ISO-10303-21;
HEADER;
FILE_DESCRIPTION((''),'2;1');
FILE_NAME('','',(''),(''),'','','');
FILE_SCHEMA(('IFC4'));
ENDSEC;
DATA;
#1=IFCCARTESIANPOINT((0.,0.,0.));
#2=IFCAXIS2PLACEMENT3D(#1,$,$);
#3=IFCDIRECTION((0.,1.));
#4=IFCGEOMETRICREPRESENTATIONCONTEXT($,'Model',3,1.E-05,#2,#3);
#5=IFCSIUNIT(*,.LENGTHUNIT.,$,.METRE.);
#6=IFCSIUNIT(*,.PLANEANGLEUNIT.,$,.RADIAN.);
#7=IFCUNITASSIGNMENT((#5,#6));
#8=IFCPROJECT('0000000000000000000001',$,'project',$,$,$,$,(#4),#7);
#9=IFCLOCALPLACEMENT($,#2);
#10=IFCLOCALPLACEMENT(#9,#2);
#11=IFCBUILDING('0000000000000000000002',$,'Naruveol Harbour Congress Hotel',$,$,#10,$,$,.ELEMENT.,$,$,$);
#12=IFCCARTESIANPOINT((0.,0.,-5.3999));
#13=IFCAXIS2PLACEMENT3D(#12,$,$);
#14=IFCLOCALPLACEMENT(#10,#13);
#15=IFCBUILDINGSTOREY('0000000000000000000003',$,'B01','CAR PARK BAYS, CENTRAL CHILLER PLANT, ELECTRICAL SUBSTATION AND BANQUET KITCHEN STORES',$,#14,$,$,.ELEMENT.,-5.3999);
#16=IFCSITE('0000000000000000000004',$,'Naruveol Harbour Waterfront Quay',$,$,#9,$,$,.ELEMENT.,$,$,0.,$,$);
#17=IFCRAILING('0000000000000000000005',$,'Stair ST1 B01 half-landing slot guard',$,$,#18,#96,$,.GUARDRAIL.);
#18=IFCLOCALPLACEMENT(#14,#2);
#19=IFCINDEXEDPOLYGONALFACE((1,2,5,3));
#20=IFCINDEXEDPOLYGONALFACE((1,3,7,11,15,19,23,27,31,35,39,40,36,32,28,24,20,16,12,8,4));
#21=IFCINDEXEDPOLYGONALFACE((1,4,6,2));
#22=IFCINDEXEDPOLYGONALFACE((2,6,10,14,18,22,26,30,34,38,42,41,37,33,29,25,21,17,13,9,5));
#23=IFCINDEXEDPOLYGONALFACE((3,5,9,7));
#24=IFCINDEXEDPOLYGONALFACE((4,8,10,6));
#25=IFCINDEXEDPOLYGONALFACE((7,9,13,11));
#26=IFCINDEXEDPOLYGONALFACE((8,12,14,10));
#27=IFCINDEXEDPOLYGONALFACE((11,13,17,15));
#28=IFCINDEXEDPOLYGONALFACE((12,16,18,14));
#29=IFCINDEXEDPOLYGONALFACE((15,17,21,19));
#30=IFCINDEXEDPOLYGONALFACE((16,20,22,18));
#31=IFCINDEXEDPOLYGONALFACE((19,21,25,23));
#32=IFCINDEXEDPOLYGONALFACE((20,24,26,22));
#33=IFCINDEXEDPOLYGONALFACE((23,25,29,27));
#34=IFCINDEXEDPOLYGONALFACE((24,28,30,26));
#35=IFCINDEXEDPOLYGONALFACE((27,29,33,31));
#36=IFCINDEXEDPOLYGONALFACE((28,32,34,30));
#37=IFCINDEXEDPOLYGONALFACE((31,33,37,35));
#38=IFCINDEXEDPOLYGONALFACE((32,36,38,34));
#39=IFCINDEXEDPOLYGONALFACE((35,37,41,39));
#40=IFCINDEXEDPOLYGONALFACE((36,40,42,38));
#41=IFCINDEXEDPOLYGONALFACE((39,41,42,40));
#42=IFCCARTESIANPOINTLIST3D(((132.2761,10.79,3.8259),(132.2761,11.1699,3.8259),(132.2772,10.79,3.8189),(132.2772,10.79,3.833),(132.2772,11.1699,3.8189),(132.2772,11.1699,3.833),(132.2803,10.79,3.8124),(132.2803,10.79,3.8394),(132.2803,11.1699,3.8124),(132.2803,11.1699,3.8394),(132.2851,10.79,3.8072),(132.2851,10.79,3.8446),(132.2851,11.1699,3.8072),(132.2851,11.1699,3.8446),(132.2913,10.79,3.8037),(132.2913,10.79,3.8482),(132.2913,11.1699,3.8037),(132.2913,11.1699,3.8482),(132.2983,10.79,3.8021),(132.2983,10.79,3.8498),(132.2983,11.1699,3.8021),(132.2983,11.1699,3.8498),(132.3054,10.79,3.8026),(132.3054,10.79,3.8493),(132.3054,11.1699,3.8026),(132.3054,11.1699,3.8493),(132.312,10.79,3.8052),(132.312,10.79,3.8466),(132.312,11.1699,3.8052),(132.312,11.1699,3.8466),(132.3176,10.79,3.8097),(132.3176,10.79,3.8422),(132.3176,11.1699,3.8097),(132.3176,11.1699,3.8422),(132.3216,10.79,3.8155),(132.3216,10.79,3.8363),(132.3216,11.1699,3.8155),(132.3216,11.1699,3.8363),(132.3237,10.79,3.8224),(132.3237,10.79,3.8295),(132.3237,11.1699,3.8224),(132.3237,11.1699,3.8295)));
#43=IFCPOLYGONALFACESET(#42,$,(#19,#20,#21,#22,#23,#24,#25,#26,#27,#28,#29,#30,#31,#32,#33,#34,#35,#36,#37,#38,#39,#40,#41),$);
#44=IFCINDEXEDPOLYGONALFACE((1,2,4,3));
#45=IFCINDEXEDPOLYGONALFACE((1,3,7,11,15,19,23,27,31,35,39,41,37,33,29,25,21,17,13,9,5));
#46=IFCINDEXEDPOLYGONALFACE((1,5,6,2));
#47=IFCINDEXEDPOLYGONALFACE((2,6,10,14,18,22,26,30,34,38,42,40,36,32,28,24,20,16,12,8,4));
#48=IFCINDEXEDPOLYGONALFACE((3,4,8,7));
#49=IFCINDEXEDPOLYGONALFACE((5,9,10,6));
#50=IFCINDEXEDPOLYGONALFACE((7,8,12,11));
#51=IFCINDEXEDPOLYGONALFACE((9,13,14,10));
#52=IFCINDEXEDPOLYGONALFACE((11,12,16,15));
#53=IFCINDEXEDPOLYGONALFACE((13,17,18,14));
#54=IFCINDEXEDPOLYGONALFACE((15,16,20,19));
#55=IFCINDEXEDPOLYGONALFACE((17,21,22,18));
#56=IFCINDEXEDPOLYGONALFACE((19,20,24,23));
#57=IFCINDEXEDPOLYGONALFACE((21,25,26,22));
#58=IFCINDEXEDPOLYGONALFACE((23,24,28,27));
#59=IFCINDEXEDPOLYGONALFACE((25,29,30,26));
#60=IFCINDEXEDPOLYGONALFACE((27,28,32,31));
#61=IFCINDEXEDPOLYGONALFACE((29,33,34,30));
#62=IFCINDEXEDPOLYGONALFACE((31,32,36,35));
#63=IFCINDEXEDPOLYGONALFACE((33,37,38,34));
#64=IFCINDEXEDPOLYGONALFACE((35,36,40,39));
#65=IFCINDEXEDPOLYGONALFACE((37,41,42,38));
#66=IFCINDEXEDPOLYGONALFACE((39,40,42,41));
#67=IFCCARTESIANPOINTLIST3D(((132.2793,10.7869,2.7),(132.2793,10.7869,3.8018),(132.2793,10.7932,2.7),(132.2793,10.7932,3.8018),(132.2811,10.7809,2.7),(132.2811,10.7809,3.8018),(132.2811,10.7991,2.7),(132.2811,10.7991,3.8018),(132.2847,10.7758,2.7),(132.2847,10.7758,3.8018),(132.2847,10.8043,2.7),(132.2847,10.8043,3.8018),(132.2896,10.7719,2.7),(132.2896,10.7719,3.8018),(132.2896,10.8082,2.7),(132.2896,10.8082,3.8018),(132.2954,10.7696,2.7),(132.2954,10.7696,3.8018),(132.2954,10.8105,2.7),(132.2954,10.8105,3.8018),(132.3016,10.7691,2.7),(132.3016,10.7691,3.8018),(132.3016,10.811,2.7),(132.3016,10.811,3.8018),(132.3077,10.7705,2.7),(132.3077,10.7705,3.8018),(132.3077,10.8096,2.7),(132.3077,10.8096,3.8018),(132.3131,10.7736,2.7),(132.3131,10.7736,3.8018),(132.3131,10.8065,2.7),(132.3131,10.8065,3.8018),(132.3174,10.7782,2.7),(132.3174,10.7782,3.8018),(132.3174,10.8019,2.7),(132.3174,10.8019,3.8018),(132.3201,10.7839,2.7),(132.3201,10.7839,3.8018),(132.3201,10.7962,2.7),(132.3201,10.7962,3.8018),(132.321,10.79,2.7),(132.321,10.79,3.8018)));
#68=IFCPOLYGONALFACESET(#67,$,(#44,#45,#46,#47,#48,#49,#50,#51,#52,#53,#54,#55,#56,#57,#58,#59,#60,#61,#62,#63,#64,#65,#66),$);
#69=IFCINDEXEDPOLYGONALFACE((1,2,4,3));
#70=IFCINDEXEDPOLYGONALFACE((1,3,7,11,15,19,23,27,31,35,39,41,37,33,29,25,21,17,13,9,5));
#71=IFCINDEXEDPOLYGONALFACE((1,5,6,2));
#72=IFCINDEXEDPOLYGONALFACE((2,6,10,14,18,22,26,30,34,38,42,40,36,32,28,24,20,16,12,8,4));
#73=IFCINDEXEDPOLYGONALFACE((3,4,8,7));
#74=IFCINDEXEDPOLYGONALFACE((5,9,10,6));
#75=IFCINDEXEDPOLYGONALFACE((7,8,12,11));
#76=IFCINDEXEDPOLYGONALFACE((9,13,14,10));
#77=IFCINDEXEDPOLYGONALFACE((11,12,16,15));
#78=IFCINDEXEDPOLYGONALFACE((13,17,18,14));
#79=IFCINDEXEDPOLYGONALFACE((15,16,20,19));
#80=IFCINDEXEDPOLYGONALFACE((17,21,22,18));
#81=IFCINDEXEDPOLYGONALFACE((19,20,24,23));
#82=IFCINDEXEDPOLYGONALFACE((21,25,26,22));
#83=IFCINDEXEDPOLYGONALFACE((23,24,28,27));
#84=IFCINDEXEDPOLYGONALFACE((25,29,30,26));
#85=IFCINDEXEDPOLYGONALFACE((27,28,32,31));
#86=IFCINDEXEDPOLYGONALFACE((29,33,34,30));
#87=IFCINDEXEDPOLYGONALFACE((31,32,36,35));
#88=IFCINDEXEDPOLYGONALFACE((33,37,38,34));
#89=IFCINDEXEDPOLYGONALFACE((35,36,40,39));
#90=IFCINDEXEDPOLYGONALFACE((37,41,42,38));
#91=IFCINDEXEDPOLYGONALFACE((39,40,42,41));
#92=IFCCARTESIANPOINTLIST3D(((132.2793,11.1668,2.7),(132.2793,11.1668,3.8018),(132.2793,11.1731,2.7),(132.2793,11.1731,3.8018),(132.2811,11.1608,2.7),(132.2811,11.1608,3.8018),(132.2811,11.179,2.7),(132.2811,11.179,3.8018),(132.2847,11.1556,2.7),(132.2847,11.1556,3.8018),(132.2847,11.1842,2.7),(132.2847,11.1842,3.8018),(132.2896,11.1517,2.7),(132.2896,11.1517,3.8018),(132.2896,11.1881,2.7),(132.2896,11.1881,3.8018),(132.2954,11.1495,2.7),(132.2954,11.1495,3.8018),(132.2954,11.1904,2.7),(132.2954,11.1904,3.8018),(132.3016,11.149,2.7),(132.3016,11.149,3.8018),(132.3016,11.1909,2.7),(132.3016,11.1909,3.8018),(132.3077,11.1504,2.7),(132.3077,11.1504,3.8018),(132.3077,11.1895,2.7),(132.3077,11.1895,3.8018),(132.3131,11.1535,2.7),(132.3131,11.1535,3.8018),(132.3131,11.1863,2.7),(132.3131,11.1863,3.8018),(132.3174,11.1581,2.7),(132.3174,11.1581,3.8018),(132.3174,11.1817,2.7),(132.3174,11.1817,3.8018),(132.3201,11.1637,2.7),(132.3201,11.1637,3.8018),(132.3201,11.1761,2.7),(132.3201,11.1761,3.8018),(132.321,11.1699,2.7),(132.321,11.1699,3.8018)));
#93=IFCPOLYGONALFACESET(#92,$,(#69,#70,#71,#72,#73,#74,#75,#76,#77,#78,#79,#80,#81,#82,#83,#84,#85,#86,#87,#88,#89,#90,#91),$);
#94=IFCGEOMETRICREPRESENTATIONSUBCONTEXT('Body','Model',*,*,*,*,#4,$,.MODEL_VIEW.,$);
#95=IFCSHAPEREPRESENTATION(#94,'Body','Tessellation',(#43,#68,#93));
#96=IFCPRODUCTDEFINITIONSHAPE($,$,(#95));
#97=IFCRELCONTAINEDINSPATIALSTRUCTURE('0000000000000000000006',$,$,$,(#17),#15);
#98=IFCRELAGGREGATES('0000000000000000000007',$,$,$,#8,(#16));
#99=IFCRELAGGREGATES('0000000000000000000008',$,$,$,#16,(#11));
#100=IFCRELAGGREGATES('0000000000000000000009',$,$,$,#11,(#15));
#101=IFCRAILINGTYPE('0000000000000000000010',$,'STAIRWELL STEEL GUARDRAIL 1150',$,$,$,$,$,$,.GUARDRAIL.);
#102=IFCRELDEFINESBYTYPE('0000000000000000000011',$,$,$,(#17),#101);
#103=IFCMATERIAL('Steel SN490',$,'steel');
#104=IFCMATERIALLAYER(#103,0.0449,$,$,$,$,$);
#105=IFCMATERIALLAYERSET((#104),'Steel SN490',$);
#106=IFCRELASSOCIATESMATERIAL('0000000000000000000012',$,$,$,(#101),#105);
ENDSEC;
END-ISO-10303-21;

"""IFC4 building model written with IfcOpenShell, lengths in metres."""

from ifc_helpers import new_model, si_unit, direction, frame, origin, origin_2d, place, context, subcontext, project, spatial, circle, extrude, material, layer, layer_set, type_object, element, save


model = new_model("IFC4")

# Units and contexts
model_context = context("Model", 3, precision=1e-05, world=origin(), true_north=direction((0.0, 1.0)))
body_context = subcontext(model_context, "Body", "Model", "MODEL_VIEW")
ifc_project = project(units=[si_unit("LENGTHUNIT", "METRE"), si_unit("PLANEANGLEUNIT", "RADIAN")], contexts=[model_context])

# Site, building, storey
site_placement = place(None, origin())
site = spatial("IfcSite", under=ifc_project, at=site_placement, Name="Naruveol Harbour Waterfront Quay", CompositionType="ELEMENT", RefElevation=0.0)
building_placement = place(site_placement, origin())
building = spatial("IfcBuilding", under=site, at=building_placement, Name="Naruveol Harbour Congress Hotel", CompositionType="ELEMENT")
storey_placement = place(building_placement, frame((0.0, 0.0, -5.3999)))
storey = spatial("IfcBuildingStorey", under=building, at=storey_placement, Name="B01", Description="CAR PARK BAYS, CENTRAL CHILLER PLANT, ELECTRICAL SUBSTATION AND BANQUET KITCHEN STORES", CompositionType="ELEMENT", Elevation=-5.3999)

# Railing
ifc_material_1 = material(Name="Steel SN490", Category="steel")
ifc_layer_1 = layer(ifc_material_1, 0.0449)
ifc_layer_set_1 = layer_set([ifc_layer_1], Name="Steel SN490")
railing_type_1 = type_object("IfcRailingType", Name="STAIRWELL STEEL GUARDRAIL 1150", PredefinedType="GUARDRAIL", material=ifc_layer_set_1)
railing_1_placement = place(storey_placement, frame((132.3, 10.79, 2.7)))
element("IfcRailing", 1, at=railing_1_placement, inside=storey, type_object=railing_type_1, Name="Stair ST1 B01 half-landing slot guard", PredefinedType="GUARDRAIL", context=body_context, shape_type="SweptSolid", body=[
    extrude(circle(Radius=0.0239, at=origin_2d()), frame((0.0, 0.0, 1.126), z_axis=(0.0, 1.0, 0.0), x_axis=(-1.0, 0.0, 0.0)), (0.0, 0.0, 1.0), 0.3799),
    extrude(circle(Radius=0.021, at=origin_2d()), origin(), (0.0, 0.0, 1.0), 1.1018),
    extrude(circle(Radius=0.021, at=origin_2d()), frame((0.0, 0.3799, 0.0)), (0.0, 0.0, 1.0), 1.1018),
])

save(model, "model.ifc")
